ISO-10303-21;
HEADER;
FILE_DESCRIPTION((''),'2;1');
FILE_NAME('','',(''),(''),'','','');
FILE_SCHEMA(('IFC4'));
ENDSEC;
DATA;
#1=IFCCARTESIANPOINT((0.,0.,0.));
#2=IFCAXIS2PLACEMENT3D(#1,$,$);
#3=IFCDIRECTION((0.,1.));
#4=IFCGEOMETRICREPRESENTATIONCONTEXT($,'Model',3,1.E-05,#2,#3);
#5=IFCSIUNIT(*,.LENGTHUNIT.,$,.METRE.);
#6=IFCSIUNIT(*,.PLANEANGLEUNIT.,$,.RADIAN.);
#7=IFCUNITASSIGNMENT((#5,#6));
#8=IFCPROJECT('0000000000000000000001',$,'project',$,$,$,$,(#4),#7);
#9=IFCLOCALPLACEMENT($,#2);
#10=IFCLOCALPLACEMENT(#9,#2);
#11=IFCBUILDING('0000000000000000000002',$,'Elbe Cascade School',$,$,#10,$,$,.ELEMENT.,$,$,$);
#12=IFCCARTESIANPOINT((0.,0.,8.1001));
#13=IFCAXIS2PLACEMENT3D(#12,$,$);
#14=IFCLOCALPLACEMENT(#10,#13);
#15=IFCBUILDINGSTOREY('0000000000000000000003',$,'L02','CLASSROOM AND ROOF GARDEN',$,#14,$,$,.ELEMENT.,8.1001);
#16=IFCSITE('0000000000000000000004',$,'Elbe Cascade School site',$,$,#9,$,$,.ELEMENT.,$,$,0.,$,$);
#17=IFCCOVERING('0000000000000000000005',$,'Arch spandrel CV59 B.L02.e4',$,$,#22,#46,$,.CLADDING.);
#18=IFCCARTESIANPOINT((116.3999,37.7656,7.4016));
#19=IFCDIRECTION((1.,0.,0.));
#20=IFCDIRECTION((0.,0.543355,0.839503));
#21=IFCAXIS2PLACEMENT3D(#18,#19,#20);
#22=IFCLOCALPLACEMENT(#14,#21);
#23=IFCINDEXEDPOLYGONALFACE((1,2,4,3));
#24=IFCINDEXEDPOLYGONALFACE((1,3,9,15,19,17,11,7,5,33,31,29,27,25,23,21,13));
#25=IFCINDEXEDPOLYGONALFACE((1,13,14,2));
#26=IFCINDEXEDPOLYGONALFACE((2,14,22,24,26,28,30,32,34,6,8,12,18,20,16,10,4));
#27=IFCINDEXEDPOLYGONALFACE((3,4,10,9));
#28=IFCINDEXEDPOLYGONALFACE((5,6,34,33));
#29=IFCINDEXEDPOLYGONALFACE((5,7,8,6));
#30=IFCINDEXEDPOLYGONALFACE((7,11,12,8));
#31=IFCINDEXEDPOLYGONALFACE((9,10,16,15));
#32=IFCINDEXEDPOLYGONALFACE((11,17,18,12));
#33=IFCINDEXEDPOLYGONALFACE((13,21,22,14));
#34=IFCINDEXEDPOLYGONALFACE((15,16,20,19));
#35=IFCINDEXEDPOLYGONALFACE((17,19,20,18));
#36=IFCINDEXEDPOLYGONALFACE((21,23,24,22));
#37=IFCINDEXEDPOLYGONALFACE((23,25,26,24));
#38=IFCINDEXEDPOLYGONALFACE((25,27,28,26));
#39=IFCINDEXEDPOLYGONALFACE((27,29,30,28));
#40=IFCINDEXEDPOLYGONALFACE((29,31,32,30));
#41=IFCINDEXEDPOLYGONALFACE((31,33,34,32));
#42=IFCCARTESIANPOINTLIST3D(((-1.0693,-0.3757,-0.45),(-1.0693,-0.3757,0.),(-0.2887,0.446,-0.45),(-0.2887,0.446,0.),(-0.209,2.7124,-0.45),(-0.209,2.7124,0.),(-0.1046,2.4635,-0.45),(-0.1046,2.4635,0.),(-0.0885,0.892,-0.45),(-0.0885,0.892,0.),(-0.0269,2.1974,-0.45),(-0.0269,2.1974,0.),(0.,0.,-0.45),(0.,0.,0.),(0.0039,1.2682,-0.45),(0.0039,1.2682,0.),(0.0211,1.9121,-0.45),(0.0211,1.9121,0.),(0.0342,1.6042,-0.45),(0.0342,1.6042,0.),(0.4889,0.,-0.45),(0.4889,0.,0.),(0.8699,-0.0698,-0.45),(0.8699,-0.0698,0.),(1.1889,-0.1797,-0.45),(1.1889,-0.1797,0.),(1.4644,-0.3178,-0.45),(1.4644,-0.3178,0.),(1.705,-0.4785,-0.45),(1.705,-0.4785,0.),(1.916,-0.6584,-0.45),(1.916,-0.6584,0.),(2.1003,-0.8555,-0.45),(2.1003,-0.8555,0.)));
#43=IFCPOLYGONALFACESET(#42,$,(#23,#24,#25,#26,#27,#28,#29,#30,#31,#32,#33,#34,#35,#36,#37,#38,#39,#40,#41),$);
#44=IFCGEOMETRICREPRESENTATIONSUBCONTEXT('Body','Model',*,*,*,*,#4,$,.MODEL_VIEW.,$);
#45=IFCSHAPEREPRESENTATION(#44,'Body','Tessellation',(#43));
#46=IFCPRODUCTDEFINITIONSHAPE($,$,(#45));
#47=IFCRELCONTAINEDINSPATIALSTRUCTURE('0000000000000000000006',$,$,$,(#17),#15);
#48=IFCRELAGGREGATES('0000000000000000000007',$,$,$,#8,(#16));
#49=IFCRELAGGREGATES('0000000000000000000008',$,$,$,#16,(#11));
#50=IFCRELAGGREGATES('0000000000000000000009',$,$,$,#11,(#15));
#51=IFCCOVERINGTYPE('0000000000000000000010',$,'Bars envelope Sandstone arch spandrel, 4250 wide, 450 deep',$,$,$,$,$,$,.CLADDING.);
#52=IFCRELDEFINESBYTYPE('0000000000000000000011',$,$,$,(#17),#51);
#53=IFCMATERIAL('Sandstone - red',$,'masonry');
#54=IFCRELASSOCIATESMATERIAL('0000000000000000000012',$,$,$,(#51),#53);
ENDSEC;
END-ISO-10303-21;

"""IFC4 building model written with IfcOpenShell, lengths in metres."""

from ifc_helpers import new_model, si_unit, direction, frame, origin, place, context, subcontext, project, spatial, polyline, outline, extrude, material, type_object, element, save


model = new_model("IFC4")

# Units and contexts
model_context = context("Model", 3, precision=1e-05, world=origin(), true_north=direction((0.0, 1.0)))
body_context = subcontext(model_context, "Body", "Model", "MODEL_VIEW")
ifc_project = project(units=[si_unit("LENGTHUNIT", "METRE"), si_unit("PLANEANGLEUNIT", "RADIAN")], contexts=[model_context])

# Site, building, storey
site_placement = place(None, origin())
site = spatial("IfcSite", under=ifc_project, at=site_placement, Name="Elbe Cascade School site", CompositionType="ELEMENT", RefElevation=0.0)
building_placement = place(site_placement, origin())
building = spatial("IfcBuilding", under=site, at=building_placement, Name="Elbe Cascade School", CompositionType="ELEMENT")
storey_placement = place(building_placement, frame((0.0, 0.0, 8.1001)))
storey = spatial("IfcBuildingStorey", under=building, at=storey_placement, Name="L02", Description="CLASSROOM AND ROOF GARDEN", CompositionType="ELEMENT", Elevation=8.1001)

# Covering
ifc_material_1 = material(Name="Sandstone - red", Category="masonry")
covering_type_1 = type_object("IfcCoveringType", Name="Bars envelope Sandstone arch spandrel, 4250 wide, 450 deep", PredefinedType="CLADDING", material=ifc_material_1)
covering_1_placement = place(storey_placement, frame((116.3999, 37.7656, 7.4016), z_axis=(1.0, 0.0, 0.0), x_axis=(0.0, 0.543355, 0.839503)))
element("IfcCovering", 1, at=covering_1_placement, inside=storey, type_object=covering_type_1, Name="Arch spandrel CV59 B.L02.e4", PredefinedType="CLADDING", context=body_context, shape_type="SweptSolid", body=[
    extrude(outline(polyline([(0.0, 0.0), (0.4889, 0.0), (0.8699, -0.0698), (1.1889, -0.1797), (1.4644, -0.3178), (1.705, -0.4785), (1.916, -0.6584), (2.1003, -0.8555), (-0.209, 2.7124), (-0.1046, 2.4635), (-0.0269, 2.1974), (0.0211, 1.9121), (0.0342, 1.6042), (0.0039, 1.2682), (-0.0885, 0.892), (-0.2887, 0.446), (-1.0693, -0.3757), (0.0, 0.0)])), origin(), (0.0, 0.0, -1.0), 0.45),
])

save(model, "model.ifc")
